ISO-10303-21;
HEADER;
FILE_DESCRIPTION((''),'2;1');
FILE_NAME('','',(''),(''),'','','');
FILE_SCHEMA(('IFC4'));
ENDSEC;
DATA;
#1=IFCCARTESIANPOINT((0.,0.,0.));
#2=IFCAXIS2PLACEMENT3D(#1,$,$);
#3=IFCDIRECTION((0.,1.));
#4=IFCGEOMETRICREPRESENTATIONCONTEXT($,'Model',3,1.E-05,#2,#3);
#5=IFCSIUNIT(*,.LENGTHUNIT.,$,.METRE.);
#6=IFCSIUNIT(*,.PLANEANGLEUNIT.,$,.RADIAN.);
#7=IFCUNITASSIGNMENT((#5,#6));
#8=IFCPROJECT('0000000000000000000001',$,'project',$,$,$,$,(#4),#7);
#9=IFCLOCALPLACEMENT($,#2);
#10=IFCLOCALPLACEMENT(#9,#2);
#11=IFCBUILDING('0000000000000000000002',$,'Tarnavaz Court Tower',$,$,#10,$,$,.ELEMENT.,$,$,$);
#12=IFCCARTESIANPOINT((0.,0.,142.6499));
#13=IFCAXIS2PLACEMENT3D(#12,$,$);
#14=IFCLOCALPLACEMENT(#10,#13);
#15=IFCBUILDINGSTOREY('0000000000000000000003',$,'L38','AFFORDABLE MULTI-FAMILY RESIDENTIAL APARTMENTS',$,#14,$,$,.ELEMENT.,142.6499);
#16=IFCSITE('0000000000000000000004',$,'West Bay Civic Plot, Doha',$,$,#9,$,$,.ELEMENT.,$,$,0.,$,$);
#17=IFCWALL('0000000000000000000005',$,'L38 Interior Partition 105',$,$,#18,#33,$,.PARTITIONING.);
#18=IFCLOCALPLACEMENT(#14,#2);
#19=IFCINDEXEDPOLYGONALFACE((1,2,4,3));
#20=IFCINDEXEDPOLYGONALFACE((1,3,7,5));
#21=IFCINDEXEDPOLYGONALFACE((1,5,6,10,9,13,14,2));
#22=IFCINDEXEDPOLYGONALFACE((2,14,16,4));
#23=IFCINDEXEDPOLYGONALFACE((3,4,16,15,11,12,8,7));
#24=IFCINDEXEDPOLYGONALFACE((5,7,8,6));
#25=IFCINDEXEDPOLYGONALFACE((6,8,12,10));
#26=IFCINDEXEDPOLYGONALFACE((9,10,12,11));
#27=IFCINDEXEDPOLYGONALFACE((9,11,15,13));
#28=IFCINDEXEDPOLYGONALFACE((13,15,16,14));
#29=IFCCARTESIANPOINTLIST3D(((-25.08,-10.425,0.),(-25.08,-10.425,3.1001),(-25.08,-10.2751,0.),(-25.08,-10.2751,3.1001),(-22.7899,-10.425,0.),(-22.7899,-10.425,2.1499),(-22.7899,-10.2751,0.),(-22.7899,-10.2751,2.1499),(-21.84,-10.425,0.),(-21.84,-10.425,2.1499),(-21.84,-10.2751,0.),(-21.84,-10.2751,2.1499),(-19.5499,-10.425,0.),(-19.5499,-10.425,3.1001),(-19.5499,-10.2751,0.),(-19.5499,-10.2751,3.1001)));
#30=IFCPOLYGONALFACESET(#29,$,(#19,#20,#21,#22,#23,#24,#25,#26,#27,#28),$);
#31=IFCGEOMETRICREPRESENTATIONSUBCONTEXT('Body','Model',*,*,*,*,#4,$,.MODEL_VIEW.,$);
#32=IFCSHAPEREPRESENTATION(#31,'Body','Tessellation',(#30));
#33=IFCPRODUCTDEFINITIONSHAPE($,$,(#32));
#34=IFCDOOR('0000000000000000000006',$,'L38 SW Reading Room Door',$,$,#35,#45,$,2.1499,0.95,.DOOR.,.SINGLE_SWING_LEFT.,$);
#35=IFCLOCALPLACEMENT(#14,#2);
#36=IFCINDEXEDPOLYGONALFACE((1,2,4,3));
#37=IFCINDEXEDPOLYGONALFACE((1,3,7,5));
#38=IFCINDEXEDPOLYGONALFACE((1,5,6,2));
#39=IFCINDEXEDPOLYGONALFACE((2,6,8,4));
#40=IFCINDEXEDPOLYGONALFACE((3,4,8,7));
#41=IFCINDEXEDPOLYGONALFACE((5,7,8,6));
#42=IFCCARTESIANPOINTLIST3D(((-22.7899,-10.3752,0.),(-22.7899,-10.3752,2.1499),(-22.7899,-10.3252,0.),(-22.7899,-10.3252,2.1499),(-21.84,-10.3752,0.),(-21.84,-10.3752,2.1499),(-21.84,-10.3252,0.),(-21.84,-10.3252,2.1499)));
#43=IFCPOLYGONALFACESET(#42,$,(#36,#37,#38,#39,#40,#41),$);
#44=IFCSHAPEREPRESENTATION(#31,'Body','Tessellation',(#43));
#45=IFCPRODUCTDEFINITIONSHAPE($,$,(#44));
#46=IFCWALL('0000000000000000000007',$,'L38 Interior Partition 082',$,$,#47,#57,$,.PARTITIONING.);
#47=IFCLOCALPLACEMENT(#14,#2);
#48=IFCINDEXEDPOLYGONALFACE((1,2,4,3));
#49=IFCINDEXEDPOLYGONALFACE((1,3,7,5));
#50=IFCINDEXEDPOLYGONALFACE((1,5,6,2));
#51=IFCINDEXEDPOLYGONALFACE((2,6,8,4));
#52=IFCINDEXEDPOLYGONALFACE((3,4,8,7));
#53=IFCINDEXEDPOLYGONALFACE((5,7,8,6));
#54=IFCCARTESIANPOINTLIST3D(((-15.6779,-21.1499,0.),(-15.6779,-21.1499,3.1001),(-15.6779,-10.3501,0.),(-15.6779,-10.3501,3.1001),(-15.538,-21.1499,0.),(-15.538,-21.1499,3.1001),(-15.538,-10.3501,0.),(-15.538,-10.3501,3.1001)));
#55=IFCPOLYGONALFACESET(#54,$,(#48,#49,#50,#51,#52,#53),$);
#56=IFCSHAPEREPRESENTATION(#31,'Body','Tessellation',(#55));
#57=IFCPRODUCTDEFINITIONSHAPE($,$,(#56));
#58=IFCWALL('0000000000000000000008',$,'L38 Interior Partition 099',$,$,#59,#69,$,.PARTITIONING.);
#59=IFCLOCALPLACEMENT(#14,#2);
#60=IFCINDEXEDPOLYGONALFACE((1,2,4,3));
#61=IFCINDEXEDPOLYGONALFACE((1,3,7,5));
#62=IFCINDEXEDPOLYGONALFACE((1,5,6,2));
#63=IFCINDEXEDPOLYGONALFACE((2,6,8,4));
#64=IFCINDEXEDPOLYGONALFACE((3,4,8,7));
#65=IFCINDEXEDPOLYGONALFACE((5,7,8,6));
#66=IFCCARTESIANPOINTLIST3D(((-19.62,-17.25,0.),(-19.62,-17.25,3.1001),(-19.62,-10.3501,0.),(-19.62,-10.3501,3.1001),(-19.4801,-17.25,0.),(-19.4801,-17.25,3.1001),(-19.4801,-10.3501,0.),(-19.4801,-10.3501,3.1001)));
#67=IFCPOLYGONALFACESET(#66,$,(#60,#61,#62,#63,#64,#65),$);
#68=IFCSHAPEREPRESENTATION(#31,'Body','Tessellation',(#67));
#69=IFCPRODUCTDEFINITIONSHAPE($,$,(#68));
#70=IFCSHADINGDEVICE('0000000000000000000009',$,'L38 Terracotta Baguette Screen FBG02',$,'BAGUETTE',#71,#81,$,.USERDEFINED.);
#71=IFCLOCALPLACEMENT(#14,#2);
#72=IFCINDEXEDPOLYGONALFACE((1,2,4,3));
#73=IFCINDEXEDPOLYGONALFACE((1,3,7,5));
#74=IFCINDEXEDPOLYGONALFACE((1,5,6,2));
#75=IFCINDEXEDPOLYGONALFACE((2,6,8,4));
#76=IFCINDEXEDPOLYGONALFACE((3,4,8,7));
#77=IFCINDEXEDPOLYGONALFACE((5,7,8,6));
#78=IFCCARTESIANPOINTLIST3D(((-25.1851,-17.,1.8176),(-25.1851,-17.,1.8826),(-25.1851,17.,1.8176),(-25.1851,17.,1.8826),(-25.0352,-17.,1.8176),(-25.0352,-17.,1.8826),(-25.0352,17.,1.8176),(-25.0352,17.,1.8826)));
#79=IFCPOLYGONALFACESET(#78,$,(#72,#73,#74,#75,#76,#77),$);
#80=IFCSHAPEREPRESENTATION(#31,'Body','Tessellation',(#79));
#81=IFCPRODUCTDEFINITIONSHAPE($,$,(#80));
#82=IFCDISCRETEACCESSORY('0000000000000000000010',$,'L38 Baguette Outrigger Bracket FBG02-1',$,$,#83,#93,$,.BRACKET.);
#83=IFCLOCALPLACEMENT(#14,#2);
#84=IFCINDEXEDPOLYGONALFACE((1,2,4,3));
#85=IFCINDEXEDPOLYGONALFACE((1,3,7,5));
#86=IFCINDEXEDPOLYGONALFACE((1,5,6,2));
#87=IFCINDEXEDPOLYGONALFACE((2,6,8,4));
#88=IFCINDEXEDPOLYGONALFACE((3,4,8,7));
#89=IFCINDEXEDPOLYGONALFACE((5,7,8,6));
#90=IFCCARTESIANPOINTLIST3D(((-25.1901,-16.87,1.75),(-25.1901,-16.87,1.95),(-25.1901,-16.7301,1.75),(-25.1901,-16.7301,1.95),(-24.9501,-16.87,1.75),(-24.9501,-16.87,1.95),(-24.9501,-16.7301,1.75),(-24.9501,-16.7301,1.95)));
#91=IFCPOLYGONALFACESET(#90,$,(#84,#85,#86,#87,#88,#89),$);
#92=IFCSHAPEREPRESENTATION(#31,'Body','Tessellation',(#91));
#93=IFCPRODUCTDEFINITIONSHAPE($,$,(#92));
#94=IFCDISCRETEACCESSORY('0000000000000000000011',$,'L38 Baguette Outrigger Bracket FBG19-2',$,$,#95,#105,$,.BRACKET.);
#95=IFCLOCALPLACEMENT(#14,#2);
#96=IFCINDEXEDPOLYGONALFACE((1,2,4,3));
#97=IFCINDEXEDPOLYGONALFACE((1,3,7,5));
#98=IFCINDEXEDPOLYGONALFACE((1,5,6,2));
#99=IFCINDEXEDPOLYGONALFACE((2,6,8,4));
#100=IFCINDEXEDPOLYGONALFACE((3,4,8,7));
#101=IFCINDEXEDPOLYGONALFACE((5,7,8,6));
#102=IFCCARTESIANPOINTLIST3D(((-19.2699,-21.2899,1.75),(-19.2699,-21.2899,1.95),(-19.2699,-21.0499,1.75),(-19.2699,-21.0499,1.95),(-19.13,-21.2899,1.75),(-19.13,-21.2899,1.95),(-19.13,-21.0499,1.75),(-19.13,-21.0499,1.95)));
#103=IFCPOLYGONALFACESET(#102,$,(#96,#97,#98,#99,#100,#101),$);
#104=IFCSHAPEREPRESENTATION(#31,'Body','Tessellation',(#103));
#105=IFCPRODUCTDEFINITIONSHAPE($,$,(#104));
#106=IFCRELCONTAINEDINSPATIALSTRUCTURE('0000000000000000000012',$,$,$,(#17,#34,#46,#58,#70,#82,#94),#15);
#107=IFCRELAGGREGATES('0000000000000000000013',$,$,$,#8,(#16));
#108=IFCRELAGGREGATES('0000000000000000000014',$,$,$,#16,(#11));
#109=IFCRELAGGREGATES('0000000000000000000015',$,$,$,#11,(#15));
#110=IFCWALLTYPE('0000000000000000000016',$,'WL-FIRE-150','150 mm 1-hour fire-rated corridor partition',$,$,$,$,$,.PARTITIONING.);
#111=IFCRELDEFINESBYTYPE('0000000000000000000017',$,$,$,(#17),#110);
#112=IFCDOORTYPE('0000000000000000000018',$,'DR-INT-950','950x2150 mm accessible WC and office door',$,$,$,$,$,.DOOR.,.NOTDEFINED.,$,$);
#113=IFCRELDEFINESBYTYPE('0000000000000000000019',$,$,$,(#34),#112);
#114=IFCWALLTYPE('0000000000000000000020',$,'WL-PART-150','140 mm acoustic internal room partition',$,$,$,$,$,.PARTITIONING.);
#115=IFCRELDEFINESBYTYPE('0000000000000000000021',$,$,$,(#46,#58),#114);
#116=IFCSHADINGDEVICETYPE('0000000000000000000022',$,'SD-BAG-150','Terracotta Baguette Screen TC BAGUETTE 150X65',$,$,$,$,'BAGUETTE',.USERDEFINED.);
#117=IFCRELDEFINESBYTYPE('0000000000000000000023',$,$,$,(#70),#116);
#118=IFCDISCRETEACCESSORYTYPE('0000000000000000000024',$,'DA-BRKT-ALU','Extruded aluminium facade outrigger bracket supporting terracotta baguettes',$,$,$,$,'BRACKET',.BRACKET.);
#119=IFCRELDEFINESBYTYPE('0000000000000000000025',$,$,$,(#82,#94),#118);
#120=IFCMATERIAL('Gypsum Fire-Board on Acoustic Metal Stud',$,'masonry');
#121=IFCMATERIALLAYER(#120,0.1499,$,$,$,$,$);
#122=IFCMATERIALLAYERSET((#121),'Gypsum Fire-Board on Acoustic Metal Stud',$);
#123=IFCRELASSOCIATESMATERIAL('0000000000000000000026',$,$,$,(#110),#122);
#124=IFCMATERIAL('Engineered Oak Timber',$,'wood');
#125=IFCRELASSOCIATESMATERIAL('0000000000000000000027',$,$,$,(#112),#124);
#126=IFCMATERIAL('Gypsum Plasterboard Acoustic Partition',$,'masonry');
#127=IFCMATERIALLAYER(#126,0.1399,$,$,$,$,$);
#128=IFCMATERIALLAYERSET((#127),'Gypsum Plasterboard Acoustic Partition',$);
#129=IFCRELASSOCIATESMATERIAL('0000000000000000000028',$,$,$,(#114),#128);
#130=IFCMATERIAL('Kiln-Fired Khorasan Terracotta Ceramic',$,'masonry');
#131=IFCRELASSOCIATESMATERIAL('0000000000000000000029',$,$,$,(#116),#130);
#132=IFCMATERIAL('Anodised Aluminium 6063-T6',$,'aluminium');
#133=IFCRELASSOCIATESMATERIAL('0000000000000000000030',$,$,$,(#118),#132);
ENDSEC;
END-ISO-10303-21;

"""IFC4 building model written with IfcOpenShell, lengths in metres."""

from ifc_helpers import new_model, si_unit, direction, frame, frame_2d, origin, origin_2d, place, context, subcontext, project, spatial, rectangle, extrude, material, layer, layer_set, material_profile, profile_set, type_object, element, fill, save


model = new_model("IFC4")

# Units and contexts
model_context = context("Model", 3, precision=1e-05, world=origin(), true_north=direction((0.0, 1.0)))
body_context = subcontext(model_context, "Body", "Model", "MODEL_VIEW")
ifc_project = project(units=[si_unit("LENGTHUNIT", "METRE"), si_unit("PLANEANGLEUNIT", "RADIAN")], contexts=[model_context])

# Site, building, storey
site_placement = place(None, origin())
site = spatial("IfcSite", under=ifc_project, at=site_placement, Name="West Bay Civic Plot, Doha", CompositionType="ELEMENT", RefElevation=0.0)
building_placement = place(site_placement, origin())
building = spatial("IfcBuilding", under=site, at=building_placement, Name="Tarnavaz Court Tower", CompositionType="ELEMENT")
storey_placement = place(building_placement, frame((0.0, 0.0, 142.6499)))
storey = spatial("IfcBuildingStorey", under=building, at=storey_placement, Name="L38", Description="AFFORDABLE MULTI-FAMILY RESIDENTIAL APARTMENTS", CompositionType="ELEMENT", Elevation=142.6499)

# Wall, opening, door
ifc_material_1 = material(Name="Gypsum Fire-Board on Acoustic Metal Stud", Category="masonry")
ifc_layer_1 = layer(ifc_material_1, 0.1499)
ifc_layer_set_1 = layer_set([ifc_layer_1], Name="Gypsum Fire-Board on Acoustic Metal Stud")
wall_type_1 = type_object("IfcWallType", Name="WL-FIRE-150", Description="150 mm 1-hour fire-rated corridor partition", PredefinedType="PARTITIONING", material=ifc_layer_set_1)
wall_1_placement = place(storey_placement, frame((-25.0801, -10.3501, 0.0), z_axis=(0.0, 0.0, 1.0), x_axis=(1.0, 0.0, 0.0)))
wall_1 = element("IfcWall", 1, at=wall_1_placement, inside=storey, type_object=wall_type_1, Name="L38 Interior Partition 105", PredefinedType="PARTITIONING", context=body_context, shape_type="SweptSolid", body=[
    extrude(rectangle(XDim=5.53, YDim=0.1499, at=frame_2d((2.7651, 0.0))), origin(), (0.0, 0.0, 1.0), 3.1001),
])
opening_1_placement = place(wall_1_placement, frame((2.29, 0.0, 0.0)))
opening_1 = element("IfcOpeningElement", 2, at=opening_1_placement, cuts=wall_1, PredefinedType="OPENING", context=body_context, shape_type="SweptSolid", body=[
    extrude(rectangle(XDim=0.95, YDim=2.1499, at=frame_2d((0.4751, 1.075))), frame((0.0, 0.085, 0.0), z_axis=(0.0, -1.0, 0.0), x_axis=(1.0, 0.0, 0.0)), (0.0, 0.0, 1.0), 0.1699),
])
ifc_material_2 = material(Name="Engineered Oak Timber", Category="wood")
door_type = type_object("IfcDoorType", Name="DR-INT-950", Description="950x2150 mm accessible WC and office door", OperationType="NOTDEFINED", PredefinedType="DOOR", material=ifc_material_2)
door_placement = place(opening_1_placement, origin())
door = element("IfcDoor", 3, at=door_placement, inside=storey, type_object=door_type, Name="L38 SW Reading Room Door", OperationType="SINGLE_SWING_LEFT", OverallHeight=2.1499, OverallWidth=0.95, PredefinedType="DOOR", context=body_context, shape_type="SweptSolid", body=[
    extrude(rectangle(XDim=0.95, YDim=2.1499, at=frame_2d((0.4751, 1.075))), frame((0.0, 0.0249, 0.0), z_axis=(0.0, -1.0, 0.0), x_axis=(1.0, 0.0, 0.0)), (0.0, 0.0, 1.0), 0.05),
])
fill(opening_1, door)

# Walls
ifc_material_3 = material(Name="Gypsum Plasterboard Acoustic Partition", Category="masonry")
ifc_layer_2 = layer(ifc_material_3, 0.1399)
ifc_layer_set_2 = layer_set([ifc_layer_2], Name="Gypsum Plasterboard Acoustic Partition")
wall_type_2 = type_object("IfcWallType", Name="WL-PART-150", Description="140 mm acoustic internal room partition", PredefinedType="PARTITIONING", material=ifc_layer_set_2)
wall_2_placement = place(storey_placement, frame((-15.6079, -21.1499, 0.0), z_axis=(0.0, 0.0, 1.0), x_axis=(0.0, 1.0, 0.0)))
element("IfcWall", 4, at=wall_2_placement, inside=storey, type_object=wall_type_2, Name="L38 Interior Partition 082", PredefinedType="PARTITIONING", context=body_context, shape_type="SweptSolid", body=[
    extrude(rectangle(XDim=10.7998, YDim=0.1399, at=frame_2d((5.3999, 0.0))), origin(), (0.0, 0.0, 1.0), 3.1001),
])
wall_3_placement = place(storey_placement, frame((-19.55, -17.25, 0.0), z_axis=(0.0, 0.0, 1.0), x_axis=(0.0, 1.0, 0.0)))
element("IfcWall", 5, at=wall_3_placement, inside=storey, type_object=wall_type_2, Name="L38 Interior Partition 099", PredefinedType="PARTITIONING", context=body_context, shape_type="SweptSolid", body=[
    extrude(rectangle(XDim=6.8999, YDim=0.1399, at=frame_2d((3.45, 0.0))), origin(), (0.0, 0.0, 1.0), 3.1001),
])

# Shading device
ifc_material_4 = material(Name="Kiln-Fired Khorasan Terracotta Ceramic", Category="masonry")
ifc_material_profile_1 = material_profile(ifc_material_4, rectangle(XDim=0.1499, YDim=0.0649, at=origin_2d()), Name="TC BAGUETTE 150X65")
ifc_profile_set_1 = profile_set([ifc_material_profile_1], Name="Kiln-Fired Khorasan Terracotta Ceramic")
shading_device_type = type_object("IfcShadingDeviceType", Name="SD-BAG-150", Description="Terracotta Baguette Screen TC BAGUETTE 150X65", ElementType="BAGUETTE", PredefinedType="USERDEFINED", material=ifc_profile_set_1)
shading_device_placement = place(storey_placement, frame((-25.1101, -17.0, 1.8501), z_axis=(0.0, 1.0, 0.0), x_axis=(-1.0, 0.0, 0.0)))
element("IfcShadingDevice", 6, at=shading_device_placement, inside=storey, type_object=shading_device_type, Name="L38 Terracotta Baguette Screen FBG02", ObjectType="BAGUETTE", PredefinedType="USERDEFINED", context=body_context, shape_type="SweptSolid", body=[
    extrude(rectangle(XDim=0.1499, YDim=0.0649, at=origin_2d()), origin(), (0.0, 0.0, 1.0), 34.0),
])

# Discrete accessories
ifc_material_5 = material(Name="Anodised Aluminium 6063-T6", Category="aluminium")
discrete_accessory_type = type_object("IfcDiscreteAccessoryType", Name="DA-BRKT-ALU", Description="Extruded aluminium facade outrigger bracket supporting terracotta baguettes", ElementType="BRACKET", PredefinedType="BRACKET", material=ifc_material_5)
for number, where, z_axis, x_axis, name in (
    (7, (-25.0701, -16.8, 1.75), (0.0, 0.0, 1.0), (0.0, 1.0, 0.0), "L38 Baguette Outrigger Bracket FBG02-1"),
    (8, (-19.2, -21.1699, 1.75), (0.0, 0.0, 1.0), (-1.0, 0.0, 0.0), "L38 Baguette Outrigger Bracket FBG19-2"),
):
    element("IfcDiscreteAccessory", number, at=place(storey_placement, frame(where, z_axis=z_axis, x_axis=x_axis)), inside=storey, type_object=discrete_accessory_type, Name=name, PredefinedType="BRACKET", context=body_context, shape_type="SweptSolid", body=[
        extrude(rectangle(XDim=0.1399, YDim=0.24, at=origin_2d()), origin(), (0.0, 0.0, 1.0), 0.2),
    ])

save(model, "model.ifc")
